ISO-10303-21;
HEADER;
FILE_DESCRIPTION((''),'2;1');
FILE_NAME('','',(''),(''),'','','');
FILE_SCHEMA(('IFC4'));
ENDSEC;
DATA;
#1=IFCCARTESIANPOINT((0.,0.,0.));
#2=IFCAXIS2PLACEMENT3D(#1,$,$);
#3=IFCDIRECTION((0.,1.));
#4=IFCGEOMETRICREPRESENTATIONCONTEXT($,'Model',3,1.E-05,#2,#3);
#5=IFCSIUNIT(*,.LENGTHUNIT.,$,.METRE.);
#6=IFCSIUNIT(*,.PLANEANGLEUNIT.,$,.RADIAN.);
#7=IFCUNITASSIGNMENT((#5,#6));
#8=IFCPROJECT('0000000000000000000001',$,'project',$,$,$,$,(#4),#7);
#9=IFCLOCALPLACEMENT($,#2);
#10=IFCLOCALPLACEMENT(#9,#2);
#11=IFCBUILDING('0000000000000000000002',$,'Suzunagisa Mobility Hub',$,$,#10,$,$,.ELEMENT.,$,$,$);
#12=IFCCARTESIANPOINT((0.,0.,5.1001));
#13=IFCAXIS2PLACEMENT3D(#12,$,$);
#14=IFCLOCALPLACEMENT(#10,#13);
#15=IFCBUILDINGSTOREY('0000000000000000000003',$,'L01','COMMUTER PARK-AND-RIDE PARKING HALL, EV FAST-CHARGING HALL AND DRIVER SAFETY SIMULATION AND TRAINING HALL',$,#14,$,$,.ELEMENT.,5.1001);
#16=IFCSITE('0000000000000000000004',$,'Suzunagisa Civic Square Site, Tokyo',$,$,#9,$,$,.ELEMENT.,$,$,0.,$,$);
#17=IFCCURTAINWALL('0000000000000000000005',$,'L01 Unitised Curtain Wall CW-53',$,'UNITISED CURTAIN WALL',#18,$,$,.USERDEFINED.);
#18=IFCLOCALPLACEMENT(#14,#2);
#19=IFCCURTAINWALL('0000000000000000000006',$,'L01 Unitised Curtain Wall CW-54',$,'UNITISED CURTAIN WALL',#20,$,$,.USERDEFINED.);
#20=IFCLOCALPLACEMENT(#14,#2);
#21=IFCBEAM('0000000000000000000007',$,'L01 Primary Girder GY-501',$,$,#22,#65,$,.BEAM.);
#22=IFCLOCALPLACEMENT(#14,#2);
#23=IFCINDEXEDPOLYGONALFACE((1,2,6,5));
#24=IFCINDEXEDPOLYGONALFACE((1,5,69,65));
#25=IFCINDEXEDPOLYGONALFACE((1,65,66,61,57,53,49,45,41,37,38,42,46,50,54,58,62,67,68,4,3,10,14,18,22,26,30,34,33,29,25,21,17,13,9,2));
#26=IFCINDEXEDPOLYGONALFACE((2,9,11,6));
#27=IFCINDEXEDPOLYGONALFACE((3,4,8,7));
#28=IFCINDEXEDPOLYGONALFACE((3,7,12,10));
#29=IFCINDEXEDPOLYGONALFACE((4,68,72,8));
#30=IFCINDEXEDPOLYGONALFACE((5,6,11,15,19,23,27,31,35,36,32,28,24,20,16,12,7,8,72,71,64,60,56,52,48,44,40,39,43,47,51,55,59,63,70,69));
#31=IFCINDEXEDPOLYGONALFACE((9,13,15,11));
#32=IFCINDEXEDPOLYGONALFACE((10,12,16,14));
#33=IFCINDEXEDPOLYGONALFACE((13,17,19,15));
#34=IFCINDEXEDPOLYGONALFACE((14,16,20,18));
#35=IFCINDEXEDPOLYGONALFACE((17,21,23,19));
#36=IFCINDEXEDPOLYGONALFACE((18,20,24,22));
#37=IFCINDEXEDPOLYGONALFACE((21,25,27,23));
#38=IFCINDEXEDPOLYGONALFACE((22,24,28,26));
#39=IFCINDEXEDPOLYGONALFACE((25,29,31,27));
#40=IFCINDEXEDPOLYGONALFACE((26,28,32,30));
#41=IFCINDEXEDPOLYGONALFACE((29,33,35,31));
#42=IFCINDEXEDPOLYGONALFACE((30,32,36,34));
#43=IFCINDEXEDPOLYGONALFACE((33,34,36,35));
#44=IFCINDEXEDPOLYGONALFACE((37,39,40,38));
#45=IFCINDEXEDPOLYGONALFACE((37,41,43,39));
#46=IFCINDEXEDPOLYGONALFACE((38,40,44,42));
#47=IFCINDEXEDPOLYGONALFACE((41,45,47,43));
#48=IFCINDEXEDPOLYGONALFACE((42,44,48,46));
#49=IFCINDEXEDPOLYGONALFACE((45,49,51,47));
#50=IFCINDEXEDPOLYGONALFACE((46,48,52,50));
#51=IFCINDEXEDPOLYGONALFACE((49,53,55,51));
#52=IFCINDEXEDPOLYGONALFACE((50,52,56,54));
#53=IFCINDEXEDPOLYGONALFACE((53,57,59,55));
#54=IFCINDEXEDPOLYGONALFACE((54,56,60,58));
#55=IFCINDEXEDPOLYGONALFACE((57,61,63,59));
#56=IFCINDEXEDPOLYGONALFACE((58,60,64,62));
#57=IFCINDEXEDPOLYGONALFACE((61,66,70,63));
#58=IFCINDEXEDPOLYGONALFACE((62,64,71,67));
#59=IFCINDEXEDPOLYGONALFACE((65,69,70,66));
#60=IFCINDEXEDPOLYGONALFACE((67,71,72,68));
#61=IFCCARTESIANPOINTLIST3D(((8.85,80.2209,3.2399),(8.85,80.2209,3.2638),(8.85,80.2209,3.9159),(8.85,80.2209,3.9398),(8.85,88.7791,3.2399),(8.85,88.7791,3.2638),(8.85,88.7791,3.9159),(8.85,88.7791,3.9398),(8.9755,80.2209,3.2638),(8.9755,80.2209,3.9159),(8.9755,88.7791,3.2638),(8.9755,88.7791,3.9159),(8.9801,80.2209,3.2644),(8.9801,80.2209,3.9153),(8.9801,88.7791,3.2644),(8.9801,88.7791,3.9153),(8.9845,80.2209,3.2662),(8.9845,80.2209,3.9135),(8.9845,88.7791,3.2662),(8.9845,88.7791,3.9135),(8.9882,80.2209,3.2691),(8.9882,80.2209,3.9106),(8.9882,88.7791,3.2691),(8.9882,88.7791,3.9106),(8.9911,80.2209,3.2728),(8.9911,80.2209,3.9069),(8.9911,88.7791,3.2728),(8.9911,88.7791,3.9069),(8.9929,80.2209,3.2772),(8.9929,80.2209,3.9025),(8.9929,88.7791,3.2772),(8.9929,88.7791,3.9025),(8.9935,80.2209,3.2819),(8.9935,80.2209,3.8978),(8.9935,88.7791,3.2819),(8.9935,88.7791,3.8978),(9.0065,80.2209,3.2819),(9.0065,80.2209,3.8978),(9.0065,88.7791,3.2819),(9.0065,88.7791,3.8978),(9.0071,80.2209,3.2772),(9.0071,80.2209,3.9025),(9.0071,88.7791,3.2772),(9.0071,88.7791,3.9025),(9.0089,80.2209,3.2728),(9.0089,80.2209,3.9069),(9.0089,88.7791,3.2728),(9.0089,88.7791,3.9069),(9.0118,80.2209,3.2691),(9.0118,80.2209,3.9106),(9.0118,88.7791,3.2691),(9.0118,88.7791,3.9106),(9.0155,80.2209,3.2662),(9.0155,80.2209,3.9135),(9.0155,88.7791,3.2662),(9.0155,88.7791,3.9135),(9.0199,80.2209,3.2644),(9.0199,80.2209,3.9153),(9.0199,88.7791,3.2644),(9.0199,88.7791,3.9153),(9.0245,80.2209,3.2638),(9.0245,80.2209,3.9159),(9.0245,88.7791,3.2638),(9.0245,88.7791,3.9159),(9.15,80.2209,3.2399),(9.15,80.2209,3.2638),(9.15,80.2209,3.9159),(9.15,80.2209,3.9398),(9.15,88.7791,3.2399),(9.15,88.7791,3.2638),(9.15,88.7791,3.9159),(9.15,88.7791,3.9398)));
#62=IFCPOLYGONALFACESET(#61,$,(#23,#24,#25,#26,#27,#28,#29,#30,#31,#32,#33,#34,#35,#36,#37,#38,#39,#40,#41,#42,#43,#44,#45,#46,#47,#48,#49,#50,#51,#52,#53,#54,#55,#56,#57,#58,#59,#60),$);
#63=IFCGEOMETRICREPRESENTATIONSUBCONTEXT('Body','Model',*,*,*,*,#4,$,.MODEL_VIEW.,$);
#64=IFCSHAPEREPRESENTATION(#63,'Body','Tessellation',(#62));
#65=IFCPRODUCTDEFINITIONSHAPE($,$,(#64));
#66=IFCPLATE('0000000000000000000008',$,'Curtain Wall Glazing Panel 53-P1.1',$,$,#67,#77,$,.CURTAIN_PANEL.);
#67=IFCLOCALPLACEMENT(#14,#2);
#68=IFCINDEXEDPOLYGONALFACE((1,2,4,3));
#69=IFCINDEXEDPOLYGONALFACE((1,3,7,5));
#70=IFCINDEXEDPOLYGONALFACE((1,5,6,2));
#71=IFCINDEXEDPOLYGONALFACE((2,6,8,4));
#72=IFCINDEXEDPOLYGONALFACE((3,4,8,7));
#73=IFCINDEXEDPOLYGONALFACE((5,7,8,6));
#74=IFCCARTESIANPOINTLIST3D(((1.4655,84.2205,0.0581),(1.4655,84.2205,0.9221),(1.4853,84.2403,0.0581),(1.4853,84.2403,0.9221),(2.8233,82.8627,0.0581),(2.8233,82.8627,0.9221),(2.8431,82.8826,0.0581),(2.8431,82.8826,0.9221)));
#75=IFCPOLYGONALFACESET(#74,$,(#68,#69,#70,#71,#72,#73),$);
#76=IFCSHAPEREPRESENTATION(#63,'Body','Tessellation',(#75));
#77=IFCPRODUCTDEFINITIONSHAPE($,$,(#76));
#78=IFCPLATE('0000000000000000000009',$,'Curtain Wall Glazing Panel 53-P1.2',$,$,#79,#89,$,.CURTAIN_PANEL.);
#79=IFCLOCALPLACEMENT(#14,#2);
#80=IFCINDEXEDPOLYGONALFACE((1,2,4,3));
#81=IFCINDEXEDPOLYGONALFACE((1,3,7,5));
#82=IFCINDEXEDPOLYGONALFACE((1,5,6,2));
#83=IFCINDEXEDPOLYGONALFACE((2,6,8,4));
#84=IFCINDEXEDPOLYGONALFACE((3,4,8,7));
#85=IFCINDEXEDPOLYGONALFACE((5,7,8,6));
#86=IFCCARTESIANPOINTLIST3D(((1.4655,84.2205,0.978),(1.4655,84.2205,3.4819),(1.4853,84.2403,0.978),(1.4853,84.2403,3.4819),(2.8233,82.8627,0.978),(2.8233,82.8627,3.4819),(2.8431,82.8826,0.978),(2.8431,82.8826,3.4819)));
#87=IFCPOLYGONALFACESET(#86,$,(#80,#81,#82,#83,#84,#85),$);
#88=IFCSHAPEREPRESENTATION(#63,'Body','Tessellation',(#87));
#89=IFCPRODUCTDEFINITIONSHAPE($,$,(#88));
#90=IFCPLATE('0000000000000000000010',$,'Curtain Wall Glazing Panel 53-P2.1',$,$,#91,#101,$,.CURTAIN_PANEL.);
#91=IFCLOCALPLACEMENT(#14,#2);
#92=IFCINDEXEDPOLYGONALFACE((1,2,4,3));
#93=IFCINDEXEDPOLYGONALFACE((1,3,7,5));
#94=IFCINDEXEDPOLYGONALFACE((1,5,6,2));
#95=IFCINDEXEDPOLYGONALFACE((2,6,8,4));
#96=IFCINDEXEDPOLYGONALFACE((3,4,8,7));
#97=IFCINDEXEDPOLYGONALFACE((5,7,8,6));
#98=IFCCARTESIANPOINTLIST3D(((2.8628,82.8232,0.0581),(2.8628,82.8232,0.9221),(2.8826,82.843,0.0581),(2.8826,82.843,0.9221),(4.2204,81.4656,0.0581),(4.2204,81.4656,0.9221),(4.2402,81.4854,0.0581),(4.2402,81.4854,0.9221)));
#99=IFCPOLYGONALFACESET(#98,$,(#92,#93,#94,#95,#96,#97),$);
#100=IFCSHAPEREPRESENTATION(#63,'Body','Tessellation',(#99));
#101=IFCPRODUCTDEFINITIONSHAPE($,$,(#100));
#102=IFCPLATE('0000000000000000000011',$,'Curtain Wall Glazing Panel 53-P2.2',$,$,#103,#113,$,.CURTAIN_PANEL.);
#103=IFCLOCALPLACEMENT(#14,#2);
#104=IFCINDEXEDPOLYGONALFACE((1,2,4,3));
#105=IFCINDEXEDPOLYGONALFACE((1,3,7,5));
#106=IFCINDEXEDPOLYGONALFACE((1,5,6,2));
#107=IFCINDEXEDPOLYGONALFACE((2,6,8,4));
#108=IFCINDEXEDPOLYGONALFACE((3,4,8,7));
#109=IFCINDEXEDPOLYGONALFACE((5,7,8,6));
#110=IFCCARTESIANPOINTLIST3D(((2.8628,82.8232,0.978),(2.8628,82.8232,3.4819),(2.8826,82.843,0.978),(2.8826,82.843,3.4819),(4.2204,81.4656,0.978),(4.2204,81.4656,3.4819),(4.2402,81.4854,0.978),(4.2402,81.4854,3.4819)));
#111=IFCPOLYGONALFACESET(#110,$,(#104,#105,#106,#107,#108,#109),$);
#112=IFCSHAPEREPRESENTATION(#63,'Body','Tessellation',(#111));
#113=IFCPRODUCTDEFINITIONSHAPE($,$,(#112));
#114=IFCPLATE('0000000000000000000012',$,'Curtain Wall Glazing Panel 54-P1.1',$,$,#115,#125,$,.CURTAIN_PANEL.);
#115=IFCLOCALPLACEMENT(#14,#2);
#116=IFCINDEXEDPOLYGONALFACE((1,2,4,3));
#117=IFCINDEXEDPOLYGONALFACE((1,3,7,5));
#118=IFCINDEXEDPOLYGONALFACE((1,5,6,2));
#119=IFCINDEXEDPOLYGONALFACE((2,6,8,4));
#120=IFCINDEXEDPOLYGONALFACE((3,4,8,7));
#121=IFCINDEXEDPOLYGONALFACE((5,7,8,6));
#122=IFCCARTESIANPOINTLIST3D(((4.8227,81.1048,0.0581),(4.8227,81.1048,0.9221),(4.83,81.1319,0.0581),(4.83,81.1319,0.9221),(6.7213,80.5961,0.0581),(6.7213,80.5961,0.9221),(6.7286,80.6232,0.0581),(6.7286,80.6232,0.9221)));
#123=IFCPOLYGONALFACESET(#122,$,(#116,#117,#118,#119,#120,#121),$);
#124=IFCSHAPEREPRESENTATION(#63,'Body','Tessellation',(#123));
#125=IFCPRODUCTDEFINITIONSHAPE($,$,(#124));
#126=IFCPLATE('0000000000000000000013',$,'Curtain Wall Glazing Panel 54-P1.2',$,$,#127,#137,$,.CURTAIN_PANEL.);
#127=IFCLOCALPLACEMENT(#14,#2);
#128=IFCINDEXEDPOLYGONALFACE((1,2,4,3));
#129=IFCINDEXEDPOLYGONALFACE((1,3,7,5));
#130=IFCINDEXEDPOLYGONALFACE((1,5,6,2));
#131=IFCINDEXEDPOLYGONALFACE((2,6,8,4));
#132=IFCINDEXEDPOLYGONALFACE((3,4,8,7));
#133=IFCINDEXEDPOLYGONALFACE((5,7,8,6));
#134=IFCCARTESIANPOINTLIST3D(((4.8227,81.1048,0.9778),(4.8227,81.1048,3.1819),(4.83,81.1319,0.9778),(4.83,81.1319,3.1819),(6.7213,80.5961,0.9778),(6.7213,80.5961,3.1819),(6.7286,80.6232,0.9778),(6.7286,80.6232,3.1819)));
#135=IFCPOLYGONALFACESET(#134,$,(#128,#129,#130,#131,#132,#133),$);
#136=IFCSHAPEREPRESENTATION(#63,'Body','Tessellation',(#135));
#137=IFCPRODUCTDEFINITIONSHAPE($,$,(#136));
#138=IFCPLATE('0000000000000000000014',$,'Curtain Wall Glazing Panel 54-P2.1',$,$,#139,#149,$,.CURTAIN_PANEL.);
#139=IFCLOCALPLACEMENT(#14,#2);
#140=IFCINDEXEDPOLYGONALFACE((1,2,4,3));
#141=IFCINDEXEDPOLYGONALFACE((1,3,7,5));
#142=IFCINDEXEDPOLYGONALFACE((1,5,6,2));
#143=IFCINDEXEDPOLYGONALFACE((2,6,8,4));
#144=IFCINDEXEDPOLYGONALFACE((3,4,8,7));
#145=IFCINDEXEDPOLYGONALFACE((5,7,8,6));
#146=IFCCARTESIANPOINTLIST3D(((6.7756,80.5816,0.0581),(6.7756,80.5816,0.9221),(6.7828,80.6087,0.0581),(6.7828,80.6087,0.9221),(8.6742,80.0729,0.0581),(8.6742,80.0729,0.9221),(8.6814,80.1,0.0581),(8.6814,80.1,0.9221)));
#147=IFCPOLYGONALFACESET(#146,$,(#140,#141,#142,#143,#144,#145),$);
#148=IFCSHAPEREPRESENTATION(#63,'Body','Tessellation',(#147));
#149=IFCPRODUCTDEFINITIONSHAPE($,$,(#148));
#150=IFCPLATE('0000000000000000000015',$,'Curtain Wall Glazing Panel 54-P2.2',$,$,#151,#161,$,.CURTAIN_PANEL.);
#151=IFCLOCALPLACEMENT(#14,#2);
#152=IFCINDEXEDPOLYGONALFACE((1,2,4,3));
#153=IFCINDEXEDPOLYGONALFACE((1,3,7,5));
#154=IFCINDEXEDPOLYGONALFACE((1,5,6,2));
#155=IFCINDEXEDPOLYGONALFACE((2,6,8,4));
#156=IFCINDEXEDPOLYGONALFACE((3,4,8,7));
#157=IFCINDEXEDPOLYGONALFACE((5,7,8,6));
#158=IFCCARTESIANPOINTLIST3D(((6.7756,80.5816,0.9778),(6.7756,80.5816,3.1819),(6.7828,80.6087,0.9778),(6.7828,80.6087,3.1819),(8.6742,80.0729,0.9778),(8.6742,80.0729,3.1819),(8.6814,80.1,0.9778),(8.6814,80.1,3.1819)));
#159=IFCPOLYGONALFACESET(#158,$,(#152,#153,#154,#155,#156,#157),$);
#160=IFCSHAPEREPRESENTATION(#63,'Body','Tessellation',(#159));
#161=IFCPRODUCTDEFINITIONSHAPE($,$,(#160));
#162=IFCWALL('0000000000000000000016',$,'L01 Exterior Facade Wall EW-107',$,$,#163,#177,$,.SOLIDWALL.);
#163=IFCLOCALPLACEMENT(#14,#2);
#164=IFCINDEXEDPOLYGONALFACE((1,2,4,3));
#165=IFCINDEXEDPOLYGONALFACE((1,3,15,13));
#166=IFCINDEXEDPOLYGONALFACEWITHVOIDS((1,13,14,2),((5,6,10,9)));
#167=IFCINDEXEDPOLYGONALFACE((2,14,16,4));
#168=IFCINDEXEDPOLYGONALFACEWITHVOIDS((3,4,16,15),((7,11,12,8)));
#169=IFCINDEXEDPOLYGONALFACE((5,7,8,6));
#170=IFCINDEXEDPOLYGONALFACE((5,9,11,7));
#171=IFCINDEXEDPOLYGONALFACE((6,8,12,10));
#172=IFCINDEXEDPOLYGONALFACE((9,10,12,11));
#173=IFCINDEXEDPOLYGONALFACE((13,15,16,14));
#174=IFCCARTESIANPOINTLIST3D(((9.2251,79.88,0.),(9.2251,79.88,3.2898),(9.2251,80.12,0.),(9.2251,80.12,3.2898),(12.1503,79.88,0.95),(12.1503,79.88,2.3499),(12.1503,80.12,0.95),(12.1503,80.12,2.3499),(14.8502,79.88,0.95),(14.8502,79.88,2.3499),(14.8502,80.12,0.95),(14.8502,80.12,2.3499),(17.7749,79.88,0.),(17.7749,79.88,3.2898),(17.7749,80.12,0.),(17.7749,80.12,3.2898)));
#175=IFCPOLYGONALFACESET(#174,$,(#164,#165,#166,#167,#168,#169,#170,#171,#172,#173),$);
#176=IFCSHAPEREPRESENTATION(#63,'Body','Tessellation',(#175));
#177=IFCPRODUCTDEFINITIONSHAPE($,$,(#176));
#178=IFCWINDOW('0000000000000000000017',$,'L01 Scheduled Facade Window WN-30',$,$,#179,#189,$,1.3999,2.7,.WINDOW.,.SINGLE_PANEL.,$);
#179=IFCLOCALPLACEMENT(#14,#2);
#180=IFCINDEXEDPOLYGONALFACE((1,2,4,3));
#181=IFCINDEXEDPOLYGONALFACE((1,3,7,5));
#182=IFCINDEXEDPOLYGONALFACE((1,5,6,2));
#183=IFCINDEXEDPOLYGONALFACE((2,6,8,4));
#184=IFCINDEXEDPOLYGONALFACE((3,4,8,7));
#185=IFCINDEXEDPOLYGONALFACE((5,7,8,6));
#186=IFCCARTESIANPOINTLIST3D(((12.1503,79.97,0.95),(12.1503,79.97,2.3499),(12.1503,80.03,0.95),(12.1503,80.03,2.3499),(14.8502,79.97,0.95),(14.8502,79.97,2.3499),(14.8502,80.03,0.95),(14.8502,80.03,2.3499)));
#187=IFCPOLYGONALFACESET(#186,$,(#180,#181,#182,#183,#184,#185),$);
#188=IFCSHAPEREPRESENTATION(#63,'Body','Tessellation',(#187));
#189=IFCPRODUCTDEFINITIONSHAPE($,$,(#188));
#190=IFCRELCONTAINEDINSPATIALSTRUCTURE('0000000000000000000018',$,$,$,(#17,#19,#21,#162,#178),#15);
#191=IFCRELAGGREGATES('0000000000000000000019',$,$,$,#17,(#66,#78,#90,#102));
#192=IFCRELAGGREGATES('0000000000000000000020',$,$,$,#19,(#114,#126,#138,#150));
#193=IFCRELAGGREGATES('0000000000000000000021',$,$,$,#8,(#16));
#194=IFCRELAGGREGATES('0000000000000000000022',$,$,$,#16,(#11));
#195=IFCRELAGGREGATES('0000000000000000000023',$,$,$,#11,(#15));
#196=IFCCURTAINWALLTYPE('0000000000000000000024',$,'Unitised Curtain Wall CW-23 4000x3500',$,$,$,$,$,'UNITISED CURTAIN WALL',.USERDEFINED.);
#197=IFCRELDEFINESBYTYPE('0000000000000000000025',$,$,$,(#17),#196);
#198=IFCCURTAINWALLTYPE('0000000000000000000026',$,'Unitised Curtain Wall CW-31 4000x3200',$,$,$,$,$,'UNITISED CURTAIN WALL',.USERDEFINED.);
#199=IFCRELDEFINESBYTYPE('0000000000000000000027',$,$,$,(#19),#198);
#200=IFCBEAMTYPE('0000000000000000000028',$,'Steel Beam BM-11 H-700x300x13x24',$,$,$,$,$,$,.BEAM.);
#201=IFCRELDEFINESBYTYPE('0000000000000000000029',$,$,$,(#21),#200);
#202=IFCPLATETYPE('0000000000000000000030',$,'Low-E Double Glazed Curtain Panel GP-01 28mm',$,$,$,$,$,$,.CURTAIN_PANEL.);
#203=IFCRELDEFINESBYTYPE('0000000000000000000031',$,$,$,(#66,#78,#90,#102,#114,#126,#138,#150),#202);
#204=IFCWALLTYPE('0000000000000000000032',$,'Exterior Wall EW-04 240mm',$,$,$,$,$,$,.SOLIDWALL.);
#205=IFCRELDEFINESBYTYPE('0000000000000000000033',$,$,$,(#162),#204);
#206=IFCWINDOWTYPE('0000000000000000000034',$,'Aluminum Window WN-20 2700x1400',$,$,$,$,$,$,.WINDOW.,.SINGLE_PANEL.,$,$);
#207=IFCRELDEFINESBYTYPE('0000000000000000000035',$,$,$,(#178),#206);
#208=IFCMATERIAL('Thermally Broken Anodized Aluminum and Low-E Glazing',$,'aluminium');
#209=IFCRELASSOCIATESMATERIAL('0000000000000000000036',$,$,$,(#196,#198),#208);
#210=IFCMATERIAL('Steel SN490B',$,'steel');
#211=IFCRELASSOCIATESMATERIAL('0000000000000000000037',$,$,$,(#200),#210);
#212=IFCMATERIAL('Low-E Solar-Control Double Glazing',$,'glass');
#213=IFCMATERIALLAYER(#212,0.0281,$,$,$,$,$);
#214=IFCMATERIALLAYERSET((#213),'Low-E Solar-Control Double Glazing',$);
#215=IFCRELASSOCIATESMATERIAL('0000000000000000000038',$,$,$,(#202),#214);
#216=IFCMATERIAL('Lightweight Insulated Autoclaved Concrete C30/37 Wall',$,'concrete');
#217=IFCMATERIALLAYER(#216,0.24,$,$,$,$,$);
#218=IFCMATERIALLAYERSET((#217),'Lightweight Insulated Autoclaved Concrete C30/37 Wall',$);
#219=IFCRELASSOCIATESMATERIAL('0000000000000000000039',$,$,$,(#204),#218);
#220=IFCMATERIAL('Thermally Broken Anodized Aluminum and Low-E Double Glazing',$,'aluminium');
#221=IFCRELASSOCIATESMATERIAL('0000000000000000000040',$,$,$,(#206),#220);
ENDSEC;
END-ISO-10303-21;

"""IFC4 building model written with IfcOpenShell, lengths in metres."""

from ifc_helpers import new_model, si_unit, direction, frame, frame_2d, origin, origin_2d, place, context, subcontext, project, spatial, rectangle, i_section, extrude, material, layer, layer_set, material_profile, profile_set, type_object, element, fill, aggregate, save


model = new_model("IFC4")

# Units and contexts
model_context = context("Model", 3, precision=1e-05, world=origin(), true_north=direction((0.0, 1.0)))
body_context = subcontext(model_context, "Body", "Model", "MODEL_VIEW")
ifc_project = project(units=[si_unit("LENGTHUNIT", "METRE"), si_unit("PLANEANGLEUNIT", "RADIAN")], contexts=[model_context])

# Site, building, storey
site_placement = place(None, origin())
site = spatial("IfcSite", under=ifc_project, at=site_placement, Name="Suzunagisa Civic Square Site, Tokyo", CompositionType="ELEMENT", RefElevation=0.0)
building_placement = place(site_placement, origin())
building = spatial("IfcBuilding", under=site, at=building_placement, Name="Suzunagisa Mobility Hub", CompositionType="ELEMENT")
storey_placement = place(building_placement, frame((0.0, 0.0, 5.1001)))
storey = spatial("IfcBuildingStorey", under=building, at=storey_placement, Name="L01", Description="COMMUTER PARK-AND-RIDE PARKING HALL, EV FAST-CHARGING HALL AND DRIVER SAFETY SIMULATION AND TRAINING HALL", CompositionType="ELEMENT", Elevation=5.1001)

# Shared definitions
ifc_material_1 = material(Name="Steel SN490B", Category="steel")

# Curtain walls
ifc_material_2 = material(Name="Thermally Broken Anodized Aluminum and Low-E Glazing", Category="aluminium")
curtain_wall_type_1 = type_object("IfcCurtainWallType", Name="Unitised Curtain Wall CW-23 4000x3500", ElementType="UNITISED CURTAIN WALL", PredefinedType="USERDEFINED", material=ifc_material_2)
curtain_wall_1_placement = place(storey_placement, origin())
curtain_wall_1 = element("IfcCurtainWall", 1, at=curtain_wall_1_placement, inside=storey, type_object=curtain_wall_type_1, Name="L01 Unitised Curtain Wall CW-53", ObjectType="UNITISED CURTAIN WALL", PredefinedType="USERDEFINED")
curtain_wall_type_2 = type_object("IfcCurtainWallType", Name="Unitised Curtain Wall CW-31 4000x3200", ElementType="UNITISED CURTAIN WALL", PredefinedType="USERDEFINED", material=ifc_material_2)
curtain_wall_2_placement = place(storey_placement, origin())
curtain_wall_2 = element("IfcCurtainWall", 2, at=curtain_wall_2_placement, inside=storey, type_object=curtain_wall_type_2, Name="L01 Unitised Curtain Wall CW-54", ObjectType="UNITISED CURTAIN WALL", PredefinedType="USERDEFINED")

# Beam
ifc_material_profile_1 = material_profile(ifc_material_1, i_section(OverallWidth=0.3, OverallDepth=0.7, WebThickness=0.0129, FlangeThickness=0.0239, FilletRadius=0.0181, at=origin_2d()), Name="H-700x300x13x24")
ifc_profile_set_1 = profile_set([ifc_material_profile_1], Name="Steel SN490B")
beam_type_1 = type_object("IfcBeamType", Name="Steel Beam BM-11 H-700x300x13x24", PredefinedType="BEAM", material=ifc_profile_set_1)
beam_1_placement = place(storey_placement, frame((9.0, 80.2209, 3.5898), z_axis=(0.0, 1.0, 0.0), x_axis=(-1.0, 0.0, 0.0)))
element("IfcBeam", 3, at=beam_1_placement, inside=storey, type_object=beam_type_1, Name="L01 Primary Girder GY-501", PredefinedType="BEAM", context=body_context, shape_type="SweptSolid", body=[
    extrude(i_section(OverallWidth=0.3, OverallDepth=0.7, WebThickness=0.0129, FlangeThickness=0.0239, FilletRadius=0.0181, at=origin_2d()), origin(), (0.0, 0.0, 1.0), 8.5581),
])

# Plates
ifc_material_3 = material(Name="Low-E Solar-Control Double Glazing", Category="glass")
ifc_layer_1 = layer(ifc_material_3, 0.0281)
ifc_layer_set_1 = layer_set([ifc_layer_1], Name="Low-E Solar-Control Double Glazing")
plate_type = type_object("IfcPlateType", Name="Low-E Double Glazed Curtain Panel GP-01 28mm", PredefinedType="CURTAIN_PANEL", material=ifc_layer_set_1)
plate_1_placement = place(storey_placement, frame((2.1543, 83.5515, 0.0581), z_axis=(0.0, 0.0, 1.0), x_axis=(0.707107, -0.707107, 0.0)))
plate_1 = element("IfcPlate", 4, at=plate_1_placement, type_object=plate_type, Name="Curtain Wall Glazing Panel 53-P1.1", PredefinedType="CURTAIN_PANEL", context=body_context, shape_type="SweptSolid", body=[
    extrude(rectangle(XDim=1.9202, YDim=0.0281, at=origin_2d()), origin(), (0.0, 0.0, 1.0), 0.864),
])
plate_2_placement = place(storey_placement, frame((2.1543, 83.5515, 0.978), z_axis=(0.0, 0.0, 1.0), x_axis=(0.707107, -0.707107, 0.0)))
plate_2 = element("IfcPlate", 5, at=plate_2_placement, type_object=plate_type, Name="Curtain Wall Glazing Panel 53-P1.2", PredefinedType="CURTAIN_PANEL", context=body_context, shape_type="SweptSolid", body=[
    extrude(rectangle(XDim=1.9202, YDim=0.0281, at=origin_2d()), origin(), (0.0, 0.0, 1.0), 2.5039),
])
plate_3_placement = place(storey_placement, frame((3.5515, 82.1543, 0.0581), z_axis=(0.0, 0.0, 1.0), x_axis=(0.707107, -0.707107, 0.0)))
plate_3 = element("IfcPlate", 6, at=plate_3_placement, type_object=plate_type, Name="Curtain Wall Glazing Panel 53-P2.1", PredefinedType="CURTAIN_PANEL", context=body_context, shape_type="SweptSolid", body=[
    extrude(rectangle(XDim=1.9199, YDim=0.0281, at=origin_2d()), origin(), (0.0, 0.0, 1.0), 0.864),
])
plate_4_placement = place(storey_placement, frame((3.5515, 82.1543, 0.978), z_axis=(0.0, 0.0, 1.0), x_axis=(0.707107, -0.707107, 0.0)))
plate_4 = element("IfcPlate", 7, at=plate_4_placement, type_object=plate_type, Name="Curtain Wall Glazing Panel 53-P2.2", PredefinedType="CURTAIN_PANEL", context=body_context, shape_type="SweptSolid", body=[
    extrude(rectangle(XDim=1.9199, YDim=0.0281, at=origin_2d()), origin(), (0.0, 0.0, 1.0), 2.5039),
])
aggregate(curtain_wall_1, [plate_1, plate_2, plate_3, plate_4])
plate_5_placement = place(storey_placement, frame((5.7756, 80.864, 0.0581), z_axis=(0.0, 0.0, 1.0), x_axis=(0.965925, -0.258821, 0.0)))
plate_5 = element("IfcPlate", 8, at=plate_5_placement, type_object=plate_type, Name="Curtain Wall Glazing Panel 54-P1.1", PredefinedType="CURTAIN_PANEL", context=body_context, shape_type="SweptSolid", body=[
    extrude(rectangle(XDim=1.9656, YDim=0.0281, at=origin_2d()), origin(), (0.0, 0.0, 1.0), 0.864),
])
plate_6_placement = place(storey_placement, frame((5.7756, 80.864, 0.9778), z_axis=(0.0, 0.0, 1.0), x_axis=(0.965925, -0.258821, 0.0)))
plate_6 = element("IfcPlate", 9, at=plate_6_placement, type_object=plate_type, Name="Curtain Wall Glazing Panel 54-P1.2", PredefinedType="CURTAIN_PANEL", context=body_context, shape_type="SweptSolid", body=[
    extrude(rectangle(XDim=1.9656, YDim=0.0281, at=origin_2d()), origin(), (0.0, 0.0, 1.0), 2.2041),
])
plate_7_placement = place(storey_placement, frame((7.7285, 80.3408, 0.0581), z_axis=(0.0, 0.0, 1.0), x_axis=(0.965925, -0.258821, 0.0)))
plate_7 = element("IfcPlate", 10, at=plate_7_placement, type_object=plate_type, Name="Curtain Wall Glazing Panel 54-P2.1", PredefinedType="CURTAIN_PANEL", context=body_context, shape_type="SweptSolid", body=[
    extrude(rectangle(XDim=1.9656, YDim=0.0281, at=origin_2d()), origin(), (0.0, 0.0, 1.0), 0.864),
])
plate_8_placement = place(storey_placement, frame((7.7285, 80.3408, 0.9778), z_axis=(0.0, 0.0, 1.0), x_axis=(0.965925, -0.258821, 0.0)))
plate_8 = element("IfcPlate", 11, at=plate_8_placement, type_object=plate_type, Name="Curtain Wall Glazing Panel 54-P2.2", PredefinedType="CURTAIN_PANEL", context=body_context, shape_type="SweptSolid", body=[
    extrude(rectangle(XDim=1.9656, YDim=0.0281, at=origin_2d()), origin(), (0.0, 0.0, 1.0), 2.2041),
])
aggregate(curtain_wall_2, [plate_5, plate_6, plate_7, plate_8])

# Wall, opening, window
ifc_material_4 = material(Name="Lightweight Insulated Autoclaved Concrete C30/37 Wall", Category="concrete")
ifc_layer_2 = layer(ifc_material_4, 0.24)
ifc_layer_set_2 = layer_set([ifc_layer_2], Name="Lightweight Insulated Autoclaved Concrete C30/37 Wall")
wall_type = type_object("IfcWallType", Name="Exterior Wall EW-04 240mm", PredefinedType="SOLIDWALL", material=ifc_layer_set_2)
wall_placement = place(storey_placement, frame((9.2251, 80.0, 0.0), z_axis=(0.0, 0.0, 1.0), x_axis=(1.0, 0.0, 0.0)))
wall = element("IfcWall", 12, at=wall_placement, inside=storey, type_object=wall_type, Name="L01 Exterior Facade Wall EW-107", PredefinedType="SOLIDWALL", context=body_context, shape_type="SweptSolid", body=[
    extrude(rectangle(XDim=8.5498, YDim=0.24, at=frame_2d((4.2749, 0.0))), origin(), (0.0, 0.0, 1.0), 3.2898),
])
opening_placement = place(wall_placement, frame((2.925, 0.0, 0.95)))
opening = element("IfcOpeningElement", 13, at=opening_placement, cuts=wall, PredefinedType="OPENING", context=body_context, shape_type="SweptSolid", body=[
    extrude(rectangle(XDim=2.7, YDim=1.3999, at=frame_2d((1.3501, 0.7))), frame((0.0, 0.1309, 0.0), z_axis=(0.0, -1.0, 0.0), x_axis=(1.0, 0.0, 0.0)), (0.0, 0.0, 1.0), 0.262),
])
ifc_material_5 = material(Name="Thermally Broken Anodized Aluminum and Low-E Double Glazing", Category="aluminium")
window_type = type_object("IfcWindowType", Name="Aluminum Window WN-20 2700x1400", PartitioningType="SINGLE_PANEL", PredefinedType="WINDOW", material=ifc_material_5)
window_placement = place(opening_placement, origin())
window = element("IfcWindow", 14, at=window_placement, inside=storey, type_object=window_type, Name="L01 Scheduled Facade Window WN-30", OverallHeight=1.3999, OverallWidth=2.7, PartitioningType="SINGLE_PANEL", PredefinedType="WINDOW", context=body_context, shape_type="SweptSolid", body=[
    extrude(rectangle(XDim=2.7, YDim=1.3999, at=frame_2d((1.3501, 0.7))), frame((0.0, 0.03, 0.0), z_axis=(0.0, -1.0, 0.0), x_axis=(1.0, 0.0, 0.0)), (0.0, 0.0, 1.0), 0.0601),
])
fill(opening, window)

save(model, "model.ifc")
